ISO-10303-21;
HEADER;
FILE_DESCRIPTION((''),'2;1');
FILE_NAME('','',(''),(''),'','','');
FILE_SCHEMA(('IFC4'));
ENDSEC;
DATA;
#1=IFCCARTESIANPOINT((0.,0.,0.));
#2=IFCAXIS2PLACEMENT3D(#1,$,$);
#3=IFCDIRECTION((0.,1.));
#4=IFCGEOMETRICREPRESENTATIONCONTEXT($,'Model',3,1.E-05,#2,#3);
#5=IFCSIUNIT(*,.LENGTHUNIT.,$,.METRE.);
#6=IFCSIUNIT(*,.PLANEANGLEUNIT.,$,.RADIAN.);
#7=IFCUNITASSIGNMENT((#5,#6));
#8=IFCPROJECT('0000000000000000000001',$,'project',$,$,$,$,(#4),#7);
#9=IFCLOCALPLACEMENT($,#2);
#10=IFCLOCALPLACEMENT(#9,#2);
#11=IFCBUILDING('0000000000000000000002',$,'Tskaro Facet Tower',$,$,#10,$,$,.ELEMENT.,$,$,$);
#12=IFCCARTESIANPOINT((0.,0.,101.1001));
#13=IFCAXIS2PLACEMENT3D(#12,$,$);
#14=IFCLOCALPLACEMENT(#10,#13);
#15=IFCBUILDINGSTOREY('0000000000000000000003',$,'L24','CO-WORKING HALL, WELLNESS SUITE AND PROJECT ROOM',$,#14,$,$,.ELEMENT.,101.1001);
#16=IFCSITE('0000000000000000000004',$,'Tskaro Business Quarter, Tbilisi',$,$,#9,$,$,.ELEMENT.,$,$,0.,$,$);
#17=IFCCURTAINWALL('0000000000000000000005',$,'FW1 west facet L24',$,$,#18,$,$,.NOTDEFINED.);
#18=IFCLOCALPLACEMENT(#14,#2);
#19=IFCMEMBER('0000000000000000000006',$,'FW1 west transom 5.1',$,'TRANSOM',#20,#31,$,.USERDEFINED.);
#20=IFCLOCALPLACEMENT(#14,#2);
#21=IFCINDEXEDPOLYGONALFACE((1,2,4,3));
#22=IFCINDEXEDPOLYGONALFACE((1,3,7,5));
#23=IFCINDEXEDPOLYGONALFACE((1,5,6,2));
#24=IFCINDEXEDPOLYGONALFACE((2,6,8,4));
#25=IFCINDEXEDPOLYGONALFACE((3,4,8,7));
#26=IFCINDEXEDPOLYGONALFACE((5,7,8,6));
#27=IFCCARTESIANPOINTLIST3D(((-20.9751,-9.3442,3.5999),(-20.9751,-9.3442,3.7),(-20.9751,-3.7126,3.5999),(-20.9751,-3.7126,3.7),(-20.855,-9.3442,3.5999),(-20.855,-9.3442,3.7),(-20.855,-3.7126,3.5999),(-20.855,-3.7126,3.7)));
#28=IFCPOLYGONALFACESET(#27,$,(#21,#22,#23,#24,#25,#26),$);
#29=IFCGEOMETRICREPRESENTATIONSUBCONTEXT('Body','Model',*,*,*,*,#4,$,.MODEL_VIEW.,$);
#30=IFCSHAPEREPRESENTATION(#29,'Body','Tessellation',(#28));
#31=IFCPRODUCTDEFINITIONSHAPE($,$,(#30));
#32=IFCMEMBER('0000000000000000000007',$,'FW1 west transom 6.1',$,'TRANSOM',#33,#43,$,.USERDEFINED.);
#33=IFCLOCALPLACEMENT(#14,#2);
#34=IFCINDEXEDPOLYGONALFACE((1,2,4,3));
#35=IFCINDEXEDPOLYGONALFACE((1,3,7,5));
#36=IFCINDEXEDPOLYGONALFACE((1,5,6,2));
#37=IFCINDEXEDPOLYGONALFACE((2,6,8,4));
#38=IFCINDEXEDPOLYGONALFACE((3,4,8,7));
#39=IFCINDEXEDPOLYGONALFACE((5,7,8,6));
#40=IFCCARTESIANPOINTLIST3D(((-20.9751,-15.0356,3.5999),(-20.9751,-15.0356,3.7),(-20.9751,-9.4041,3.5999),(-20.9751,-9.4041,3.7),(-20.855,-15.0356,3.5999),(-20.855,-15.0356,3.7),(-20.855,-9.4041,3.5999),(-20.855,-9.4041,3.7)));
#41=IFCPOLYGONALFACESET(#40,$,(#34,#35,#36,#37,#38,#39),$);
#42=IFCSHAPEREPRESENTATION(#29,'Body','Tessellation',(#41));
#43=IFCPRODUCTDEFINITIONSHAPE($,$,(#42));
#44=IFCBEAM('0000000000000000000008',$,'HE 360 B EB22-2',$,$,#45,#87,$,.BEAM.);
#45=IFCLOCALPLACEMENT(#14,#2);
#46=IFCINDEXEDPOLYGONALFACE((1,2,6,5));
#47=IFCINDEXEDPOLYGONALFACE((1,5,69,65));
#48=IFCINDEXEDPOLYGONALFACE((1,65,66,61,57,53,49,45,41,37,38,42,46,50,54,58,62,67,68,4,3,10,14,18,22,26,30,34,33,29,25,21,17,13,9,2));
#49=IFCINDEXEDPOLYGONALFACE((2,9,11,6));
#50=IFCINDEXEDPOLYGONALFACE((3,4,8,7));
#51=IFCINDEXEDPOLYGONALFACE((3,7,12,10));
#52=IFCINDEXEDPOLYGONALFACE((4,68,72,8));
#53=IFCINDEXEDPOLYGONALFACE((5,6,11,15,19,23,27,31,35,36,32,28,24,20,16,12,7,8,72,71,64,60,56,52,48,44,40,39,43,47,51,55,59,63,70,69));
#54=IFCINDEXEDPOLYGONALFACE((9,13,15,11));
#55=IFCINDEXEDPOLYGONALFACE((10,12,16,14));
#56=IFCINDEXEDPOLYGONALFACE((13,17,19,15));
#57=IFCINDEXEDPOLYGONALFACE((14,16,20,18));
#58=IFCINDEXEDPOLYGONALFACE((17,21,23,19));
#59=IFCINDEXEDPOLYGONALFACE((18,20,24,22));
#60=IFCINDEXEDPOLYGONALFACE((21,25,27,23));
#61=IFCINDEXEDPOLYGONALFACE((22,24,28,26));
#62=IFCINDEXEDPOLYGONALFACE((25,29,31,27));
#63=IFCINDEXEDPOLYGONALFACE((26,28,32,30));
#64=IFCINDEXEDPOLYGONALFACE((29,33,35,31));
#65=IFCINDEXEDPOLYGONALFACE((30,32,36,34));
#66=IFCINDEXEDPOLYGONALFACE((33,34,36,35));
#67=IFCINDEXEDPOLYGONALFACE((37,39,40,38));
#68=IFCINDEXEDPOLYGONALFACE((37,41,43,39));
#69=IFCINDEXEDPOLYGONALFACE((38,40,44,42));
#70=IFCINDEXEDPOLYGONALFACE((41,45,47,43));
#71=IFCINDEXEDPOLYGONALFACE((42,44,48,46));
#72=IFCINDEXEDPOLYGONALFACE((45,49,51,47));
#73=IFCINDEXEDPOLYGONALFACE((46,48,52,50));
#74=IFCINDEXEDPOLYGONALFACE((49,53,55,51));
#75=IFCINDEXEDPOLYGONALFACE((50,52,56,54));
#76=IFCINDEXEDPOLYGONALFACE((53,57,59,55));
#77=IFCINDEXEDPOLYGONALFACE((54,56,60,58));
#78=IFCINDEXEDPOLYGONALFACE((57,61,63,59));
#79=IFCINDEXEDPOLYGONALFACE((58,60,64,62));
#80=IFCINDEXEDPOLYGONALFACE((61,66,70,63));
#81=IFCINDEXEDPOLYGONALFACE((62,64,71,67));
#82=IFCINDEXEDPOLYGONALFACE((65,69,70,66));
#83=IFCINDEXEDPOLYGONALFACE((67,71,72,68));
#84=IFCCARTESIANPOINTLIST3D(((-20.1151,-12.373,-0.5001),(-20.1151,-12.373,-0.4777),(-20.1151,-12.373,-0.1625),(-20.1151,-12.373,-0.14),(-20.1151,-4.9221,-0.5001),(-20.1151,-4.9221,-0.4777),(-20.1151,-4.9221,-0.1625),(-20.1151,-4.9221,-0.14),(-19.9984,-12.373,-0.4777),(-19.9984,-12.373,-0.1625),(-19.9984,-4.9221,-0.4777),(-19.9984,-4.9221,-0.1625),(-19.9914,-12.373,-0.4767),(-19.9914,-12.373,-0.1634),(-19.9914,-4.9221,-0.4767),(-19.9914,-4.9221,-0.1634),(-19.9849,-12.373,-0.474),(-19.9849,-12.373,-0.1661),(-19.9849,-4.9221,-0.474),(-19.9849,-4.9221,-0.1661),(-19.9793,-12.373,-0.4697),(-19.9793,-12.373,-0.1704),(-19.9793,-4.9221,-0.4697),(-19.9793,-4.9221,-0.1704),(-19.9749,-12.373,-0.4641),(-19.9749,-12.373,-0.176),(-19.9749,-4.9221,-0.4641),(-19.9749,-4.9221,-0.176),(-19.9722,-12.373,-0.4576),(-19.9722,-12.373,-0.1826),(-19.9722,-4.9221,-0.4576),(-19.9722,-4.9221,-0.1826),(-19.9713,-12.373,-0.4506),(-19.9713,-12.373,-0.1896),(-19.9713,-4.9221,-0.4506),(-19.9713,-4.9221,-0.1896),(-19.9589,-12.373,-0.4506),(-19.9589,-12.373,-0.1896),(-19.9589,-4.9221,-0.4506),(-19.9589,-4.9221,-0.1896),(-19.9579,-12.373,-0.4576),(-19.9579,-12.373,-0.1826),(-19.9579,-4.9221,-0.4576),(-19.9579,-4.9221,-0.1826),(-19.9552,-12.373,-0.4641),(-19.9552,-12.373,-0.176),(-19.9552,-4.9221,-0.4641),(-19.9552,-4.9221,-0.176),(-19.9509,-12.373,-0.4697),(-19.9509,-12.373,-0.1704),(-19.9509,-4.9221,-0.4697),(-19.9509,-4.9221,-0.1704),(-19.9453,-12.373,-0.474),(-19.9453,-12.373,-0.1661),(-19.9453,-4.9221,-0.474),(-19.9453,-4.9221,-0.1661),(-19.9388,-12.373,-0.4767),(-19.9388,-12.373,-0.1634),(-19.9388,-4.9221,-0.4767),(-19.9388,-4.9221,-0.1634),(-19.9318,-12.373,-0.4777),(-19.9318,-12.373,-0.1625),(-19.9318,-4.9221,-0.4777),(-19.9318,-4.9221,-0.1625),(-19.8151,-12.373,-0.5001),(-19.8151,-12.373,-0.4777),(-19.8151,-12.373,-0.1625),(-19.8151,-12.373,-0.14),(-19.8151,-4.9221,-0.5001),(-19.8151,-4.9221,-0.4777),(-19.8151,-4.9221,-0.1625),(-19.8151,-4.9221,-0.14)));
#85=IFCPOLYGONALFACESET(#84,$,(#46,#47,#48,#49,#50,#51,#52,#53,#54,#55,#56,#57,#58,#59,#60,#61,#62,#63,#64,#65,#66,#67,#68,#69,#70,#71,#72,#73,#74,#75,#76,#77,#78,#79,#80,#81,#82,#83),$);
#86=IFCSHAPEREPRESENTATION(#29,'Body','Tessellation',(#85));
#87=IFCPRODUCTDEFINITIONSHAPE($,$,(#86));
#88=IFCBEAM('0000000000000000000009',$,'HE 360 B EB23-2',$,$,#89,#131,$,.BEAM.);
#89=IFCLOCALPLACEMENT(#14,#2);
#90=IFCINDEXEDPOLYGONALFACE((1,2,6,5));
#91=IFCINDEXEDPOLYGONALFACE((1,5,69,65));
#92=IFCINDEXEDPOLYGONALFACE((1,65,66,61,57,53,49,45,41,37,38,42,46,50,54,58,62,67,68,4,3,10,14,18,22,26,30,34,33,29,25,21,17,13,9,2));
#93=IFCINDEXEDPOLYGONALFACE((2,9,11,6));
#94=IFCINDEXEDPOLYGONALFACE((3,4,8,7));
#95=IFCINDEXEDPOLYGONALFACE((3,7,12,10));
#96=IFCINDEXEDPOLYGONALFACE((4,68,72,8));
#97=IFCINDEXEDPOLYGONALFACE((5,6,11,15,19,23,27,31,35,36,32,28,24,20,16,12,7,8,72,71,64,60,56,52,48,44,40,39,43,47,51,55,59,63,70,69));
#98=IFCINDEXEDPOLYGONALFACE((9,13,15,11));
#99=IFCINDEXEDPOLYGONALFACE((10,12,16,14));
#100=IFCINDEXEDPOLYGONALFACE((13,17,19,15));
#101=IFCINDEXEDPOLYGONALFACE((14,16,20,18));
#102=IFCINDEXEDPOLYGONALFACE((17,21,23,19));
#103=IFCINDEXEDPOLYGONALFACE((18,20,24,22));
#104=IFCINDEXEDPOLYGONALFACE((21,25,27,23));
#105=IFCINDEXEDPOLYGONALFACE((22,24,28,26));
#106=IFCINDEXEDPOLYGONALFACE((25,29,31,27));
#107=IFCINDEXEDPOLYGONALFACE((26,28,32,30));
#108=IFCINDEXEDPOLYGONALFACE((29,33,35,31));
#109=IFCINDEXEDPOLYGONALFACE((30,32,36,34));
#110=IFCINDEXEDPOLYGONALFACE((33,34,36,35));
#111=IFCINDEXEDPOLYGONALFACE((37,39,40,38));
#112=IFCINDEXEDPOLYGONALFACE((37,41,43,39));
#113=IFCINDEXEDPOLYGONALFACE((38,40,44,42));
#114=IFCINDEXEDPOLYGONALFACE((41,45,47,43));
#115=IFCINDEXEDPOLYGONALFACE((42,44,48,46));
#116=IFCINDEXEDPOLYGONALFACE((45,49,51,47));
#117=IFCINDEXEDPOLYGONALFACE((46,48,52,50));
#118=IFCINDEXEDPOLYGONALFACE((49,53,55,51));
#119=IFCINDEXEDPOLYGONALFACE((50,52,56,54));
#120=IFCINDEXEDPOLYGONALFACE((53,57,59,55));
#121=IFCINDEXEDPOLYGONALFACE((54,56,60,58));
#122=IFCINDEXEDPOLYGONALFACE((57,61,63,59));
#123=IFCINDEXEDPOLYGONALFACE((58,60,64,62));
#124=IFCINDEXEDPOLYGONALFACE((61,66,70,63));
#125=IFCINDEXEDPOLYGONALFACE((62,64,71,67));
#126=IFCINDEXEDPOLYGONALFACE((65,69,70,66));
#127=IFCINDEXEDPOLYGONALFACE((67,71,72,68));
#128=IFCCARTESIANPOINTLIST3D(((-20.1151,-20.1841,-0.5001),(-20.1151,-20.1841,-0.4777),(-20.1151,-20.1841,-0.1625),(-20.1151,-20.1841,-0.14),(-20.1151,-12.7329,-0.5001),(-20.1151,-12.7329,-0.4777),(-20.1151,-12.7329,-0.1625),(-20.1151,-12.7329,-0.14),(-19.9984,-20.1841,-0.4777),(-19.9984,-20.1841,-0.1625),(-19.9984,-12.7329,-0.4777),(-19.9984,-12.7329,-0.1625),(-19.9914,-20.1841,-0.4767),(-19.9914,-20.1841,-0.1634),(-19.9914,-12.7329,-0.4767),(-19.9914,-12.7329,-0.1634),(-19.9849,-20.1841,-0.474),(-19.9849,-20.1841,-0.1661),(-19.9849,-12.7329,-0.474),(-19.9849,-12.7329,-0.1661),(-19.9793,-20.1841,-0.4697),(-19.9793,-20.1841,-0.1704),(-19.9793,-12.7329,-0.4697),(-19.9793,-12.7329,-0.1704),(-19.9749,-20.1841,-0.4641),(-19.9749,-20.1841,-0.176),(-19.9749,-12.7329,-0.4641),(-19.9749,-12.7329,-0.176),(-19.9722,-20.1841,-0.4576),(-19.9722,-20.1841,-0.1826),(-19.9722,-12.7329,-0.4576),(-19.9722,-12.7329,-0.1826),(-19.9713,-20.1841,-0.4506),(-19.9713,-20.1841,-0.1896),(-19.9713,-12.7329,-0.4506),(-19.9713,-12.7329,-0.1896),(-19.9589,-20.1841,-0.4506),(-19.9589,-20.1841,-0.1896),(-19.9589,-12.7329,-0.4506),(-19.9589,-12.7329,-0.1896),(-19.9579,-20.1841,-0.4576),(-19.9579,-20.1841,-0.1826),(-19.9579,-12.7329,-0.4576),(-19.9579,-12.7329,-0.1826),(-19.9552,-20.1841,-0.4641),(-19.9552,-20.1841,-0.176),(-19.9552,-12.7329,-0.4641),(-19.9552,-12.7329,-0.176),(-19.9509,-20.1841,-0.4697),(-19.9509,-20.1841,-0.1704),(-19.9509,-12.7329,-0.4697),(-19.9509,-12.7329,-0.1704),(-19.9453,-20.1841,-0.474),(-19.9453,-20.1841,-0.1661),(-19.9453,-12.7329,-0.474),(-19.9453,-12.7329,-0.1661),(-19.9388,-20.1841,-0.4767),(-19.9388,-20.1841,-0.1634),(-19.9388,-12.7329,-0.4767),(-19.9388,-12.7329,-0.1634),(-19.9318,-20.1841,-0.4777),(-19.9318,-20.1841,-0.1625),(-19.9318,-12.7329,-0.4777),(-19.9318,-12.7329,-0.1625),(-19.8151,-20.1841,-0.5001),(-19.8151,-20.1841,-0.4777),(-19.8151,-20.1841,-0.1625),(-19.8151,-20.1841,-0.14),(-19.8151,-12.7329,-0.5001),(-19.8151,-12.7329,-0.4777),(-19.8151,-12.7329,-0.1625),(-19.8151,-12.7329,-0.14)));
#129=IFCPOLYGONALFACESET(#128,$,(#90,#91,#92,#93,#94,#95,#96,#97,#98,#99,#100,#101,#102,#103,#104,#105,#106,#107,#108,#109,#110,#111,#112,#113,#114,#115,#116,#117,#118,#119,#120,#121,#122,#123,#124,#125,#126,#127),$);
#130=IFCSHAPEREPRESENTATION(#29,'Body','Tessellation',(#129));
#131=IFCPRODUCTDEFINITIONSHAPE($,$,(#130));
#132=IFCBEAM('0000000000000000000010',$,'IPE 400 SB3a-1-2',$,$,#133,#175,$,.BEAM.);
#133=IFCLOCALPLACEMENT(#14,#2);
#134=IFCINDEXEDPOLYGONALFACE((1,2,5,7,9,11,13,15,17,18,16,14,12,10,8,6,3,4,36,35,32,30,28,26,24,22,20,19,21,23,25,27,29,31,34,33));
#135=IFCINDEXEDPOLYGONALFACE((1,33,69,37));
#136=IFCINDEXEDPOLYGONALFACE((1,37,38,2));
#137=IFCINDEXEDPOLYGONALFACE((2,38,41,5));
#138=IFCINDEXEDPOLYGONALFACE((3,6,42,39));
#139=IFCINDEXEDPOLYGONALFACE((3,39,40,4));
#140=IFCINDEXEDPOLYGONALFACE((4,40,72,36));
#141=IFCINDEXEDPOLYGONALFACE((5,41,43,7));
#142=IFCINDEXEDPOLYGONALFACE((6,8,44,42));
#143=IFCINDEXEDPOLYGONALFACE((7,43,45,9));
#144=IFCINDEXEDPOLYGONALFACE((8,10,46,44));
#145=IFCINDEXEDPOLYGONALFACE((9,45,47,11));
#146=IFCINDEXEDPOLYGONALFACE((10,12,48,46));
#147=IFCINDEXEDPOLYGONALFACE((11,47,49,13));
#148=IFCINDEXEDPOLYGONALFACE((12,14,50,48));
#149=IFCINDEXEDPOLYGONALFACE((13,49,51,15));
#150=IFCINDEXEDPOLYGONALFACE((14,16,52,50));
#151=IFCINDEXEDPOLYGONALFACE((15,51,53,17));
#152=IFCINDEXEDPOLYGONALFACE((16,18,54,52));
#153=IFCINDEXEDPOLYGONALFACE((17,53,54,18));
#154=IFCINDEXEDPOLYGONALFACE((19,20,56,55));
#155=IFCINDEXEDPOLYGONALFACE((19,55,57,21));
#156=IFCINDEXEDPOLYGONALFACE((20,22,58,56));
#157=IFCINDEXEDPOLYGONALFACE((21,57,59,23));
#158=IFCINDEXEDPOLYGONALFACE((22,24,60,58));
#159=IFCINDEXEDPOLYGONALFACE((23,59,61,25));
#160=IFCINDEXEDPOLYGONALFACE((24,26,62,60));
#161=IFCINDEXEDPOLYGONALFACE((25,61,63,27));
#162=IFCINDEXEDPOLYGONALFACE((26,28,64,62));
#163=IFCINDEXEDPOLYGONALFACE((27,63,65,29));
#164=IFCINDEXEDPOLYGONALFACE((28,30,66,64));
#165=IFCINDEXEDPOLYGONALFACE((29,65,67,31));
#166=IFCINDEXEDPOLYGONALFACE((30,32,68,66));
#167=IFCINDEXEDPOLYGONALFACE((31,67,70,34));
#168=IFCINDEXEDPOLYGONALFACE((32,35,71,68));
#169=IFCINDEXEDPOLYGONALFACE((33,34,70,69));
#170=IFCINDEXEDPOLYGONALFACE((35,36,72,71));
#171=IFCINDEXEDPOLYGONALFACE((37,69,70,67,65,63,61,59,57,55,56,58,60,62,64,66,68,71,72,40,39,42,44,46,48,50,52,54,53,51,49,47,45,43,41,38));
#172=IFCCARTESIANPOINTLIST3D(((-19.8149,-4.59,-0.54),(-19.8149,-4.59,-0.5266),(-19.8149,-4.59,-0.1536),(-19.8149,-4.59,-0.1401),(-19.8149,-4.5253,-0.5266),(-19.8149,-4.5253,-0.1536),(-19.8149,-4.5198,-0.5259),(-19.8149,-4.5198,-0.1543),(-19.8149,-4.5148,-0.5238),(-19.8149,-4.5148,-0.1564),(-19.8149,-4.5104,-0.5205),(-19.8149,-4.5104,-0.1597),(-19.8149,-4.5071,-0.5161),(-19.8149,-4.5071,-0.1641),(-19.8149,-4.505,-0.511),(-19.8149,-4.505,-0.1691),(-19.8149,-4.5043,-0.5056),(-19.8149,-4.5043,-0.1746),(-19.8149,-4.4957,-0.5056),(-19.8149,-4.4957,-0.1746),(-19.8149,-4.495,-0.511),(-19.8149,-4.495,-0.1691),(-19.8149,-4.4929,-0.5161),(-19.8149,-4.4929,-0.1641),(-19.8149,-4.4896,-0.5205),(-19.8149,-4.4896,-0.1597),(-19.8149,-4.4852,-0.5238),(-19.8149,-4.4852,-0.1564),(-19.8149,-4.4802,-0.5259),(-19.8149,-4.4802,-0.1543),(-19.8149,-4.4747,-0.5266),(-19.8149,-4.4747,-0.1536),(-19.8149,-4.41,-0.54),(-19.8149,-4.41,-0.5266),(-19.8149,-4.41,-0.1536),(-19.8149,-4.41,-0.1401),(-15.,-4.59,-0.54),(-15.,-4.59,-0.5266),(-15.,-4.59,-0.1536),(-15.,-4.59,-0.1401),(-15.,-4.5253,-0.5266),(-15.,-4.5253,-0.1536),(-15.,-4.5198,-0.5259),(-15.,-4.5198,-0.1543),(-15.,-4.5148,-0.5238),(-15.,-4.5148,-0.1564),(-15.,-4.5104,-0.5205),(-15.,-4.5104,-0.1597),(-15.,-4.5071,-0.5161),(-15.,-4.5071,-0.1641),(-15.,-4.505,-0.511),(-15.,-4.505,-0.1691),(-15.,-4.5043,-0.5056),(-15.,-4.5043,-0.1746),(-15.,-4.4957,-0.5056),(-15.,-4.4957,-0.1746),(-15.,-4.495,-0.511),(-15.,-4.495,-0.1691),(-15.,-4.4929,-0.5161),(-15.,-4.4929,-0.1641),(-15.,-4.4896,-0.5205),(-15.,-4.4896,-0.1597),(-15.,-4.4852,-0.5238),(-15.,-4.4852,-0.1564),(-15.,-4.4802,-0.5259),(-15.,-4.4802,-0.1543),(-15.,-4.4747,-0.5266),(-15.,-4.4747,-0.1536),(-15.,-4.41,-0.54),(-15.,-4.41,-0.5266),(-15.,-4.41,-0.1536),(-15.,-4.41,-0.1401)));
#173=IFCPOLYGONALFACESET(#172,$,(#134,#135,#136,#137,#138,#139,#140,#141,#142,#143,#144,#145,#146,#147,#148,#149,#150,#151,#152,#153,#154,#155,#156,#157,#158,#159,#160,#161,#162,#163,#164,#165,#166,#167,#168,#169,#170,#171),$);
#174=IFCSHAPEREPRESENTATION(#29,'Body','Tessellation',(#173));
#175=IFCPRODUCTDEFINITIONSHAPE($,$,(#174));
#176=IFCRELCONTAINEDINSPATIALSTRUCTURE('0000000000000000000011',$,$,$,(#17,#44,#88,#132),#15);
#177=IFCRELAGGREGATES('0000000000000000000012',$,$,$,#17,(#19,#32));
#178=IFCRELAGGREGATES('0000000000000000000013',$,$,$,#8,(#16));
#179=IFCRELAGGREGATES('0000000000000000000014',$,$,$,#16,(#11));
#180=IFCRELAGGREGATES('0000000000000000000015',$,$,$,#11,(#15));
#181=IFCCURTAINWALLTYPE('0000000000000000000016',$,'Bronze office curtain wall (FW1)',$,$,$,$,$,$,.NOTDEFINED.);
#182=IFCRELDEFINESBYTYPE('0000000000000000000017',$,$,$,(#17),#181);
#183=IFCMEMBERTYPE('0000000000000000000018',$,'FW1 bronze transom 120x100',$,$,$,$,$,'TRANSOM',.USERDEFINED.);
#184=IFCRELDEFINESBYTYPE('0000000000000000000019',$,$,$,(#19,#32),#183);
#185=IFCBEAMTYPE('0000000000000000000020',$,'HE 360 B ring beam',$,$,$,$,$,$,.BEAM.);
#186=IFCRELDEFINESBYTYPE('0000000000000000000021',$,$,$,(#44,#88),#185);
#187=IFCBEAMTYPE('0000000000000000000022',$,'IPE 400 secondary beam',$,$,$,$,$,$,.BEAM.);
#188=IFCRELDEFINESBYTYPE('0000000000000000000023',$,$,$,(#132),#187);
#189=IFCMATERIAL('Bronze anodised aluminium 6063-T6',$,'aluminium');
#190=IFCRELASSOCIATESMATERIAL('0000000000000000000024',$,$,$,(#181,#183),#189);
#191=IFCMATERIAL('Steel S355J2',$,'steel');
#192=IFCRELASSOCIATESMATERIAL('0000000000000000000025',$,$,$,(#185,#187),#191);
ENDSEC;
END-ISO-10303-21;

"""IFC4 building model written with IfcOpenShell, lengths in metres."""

from ifc_helpers import new_model, si_unit, direction, frame, origin, origin_2d, place, context, subcontext, project, spatial, rectangle, i_section, extrude, material, material_profile, profile_set, type_object, element, aggregate, save


model = new_model("IFC4")

# Units and contexts
model_context = context("Model", 3, precision=1e-05, world=origin(), true_north=direction((0.0, 1.0)))
body_context = subcontext(model_context, "Body", "Model", "MODEL_VIEW")
ifc_project = project(units=[si_unit("LENGTHUNIT", "METRE"), si_unit("PLANEANGLEUNIT", "RADIAN")], contexts=[model_context])

# Site, building, storey
site_placement = place(None, origin())
site = spatial("IfcSite", under=ifc_project, at=site_placement, Name="Tskaro Business Quarter, Tbilisi", CompositionType="ELEMENT", RefElevation=0.0)
building_placement = place(site_placement, origin())
building = spatial("IfcBuilding", under=site, at=building_placement, Name="Tskaro Facet Tower", CompositionType="ELEMENT")
storey_placement = place(building_placement, frame((0.0, 0.0, 101.1001)))
storey = spatial("IfcBuildingStorey", under=building, at=storey_placement, Name="L24", Description="CO-WORKING HALL, WELLNESS SUITE AND PROJECT ROOM", CompositionType="ELEMENT", Elevation=101.1001)

# Curtain wall, members
ifc_material_1 = material(Name="Bronze anodised aluminium 6063-T6", Category="aluminium")
curtain_wall_type = type_object("IfcCurtainWallType", Name="Bronze office curtain wall (FW1)", PredefinedType="NOTDEFINED", material=ifc_material_1)
curtain_wall_placement = place(storey_placement, origin())
curtain_wall = element("IfcCurtainWall", 1, at=curtain_wall_placement, inside=storey, type_object=curtain_wall_type, Name="FW1 west facet L24", PredefinedType="NOTDEFINED")
ifc_material_profile_1 = material_profile(ifc_material_1, rectangle(XDim=0.1201, YDim=0.1001, at=origin_2d()), Name="Transom 120x100")
ifc_profile_set_1 = profile_set([ifc_material_profile_1], Name="Bronze anodised aluminium 6063-T6")
member_type_1 = type_object("IfcMemberType", Name="FW1 bronze transom 120x100", ElementType="TRANSOM", PredefinedType="USERDEFINED", material=ifc_profile_set_1)
member_1_placement = place(storey_placement, frame((-20.915, -3.7126, 3.6499), z_axis=(0.0, -1.0, 0.0), x_axis=(1.0, 0.0, 0.0)))
member_1 = element("IfcMember", 2, at=member_1_placement, type_object=member_type_1, Name="FW1 west transom 5.1", ObjectType="TRANSOM", PredefinedType="USERDEFINED", context=body_context, shape_type="SweptSolid", body=[
    extrude(rectangle(XDim=0.1201, YDim=0.1001, at=origin_2d()), origin(), (0.0, 0.0, 1.0), 5.6316),
])
member_2_placement = place(storey_placement, frame((-20.915, -9.4041, 3.6499), z_axis=(0.0, -1.0, 0.0), x_axis=(1.0, 0.0, 0.0)))
member_2 = element("IfcMember", 3, at=member_2_placement, type_object=member_type_1, Name="FW1 west transom 6.1", ObjectType="TRANSOM", PredefinedType="USERDEFINED", context=body_context, shape_type="SweptSolid", body=[
    extrude(rectangle(XDim=0.1201, YDim=0.1001, at=origin_2d()), origin(), (0.0, 0.0, 1.0), 5.6316),
])

# Beams
ifc_material_2 = material(Name="Steel S355J2", Category="steel")
ifc_material_profile_2 = material_profile(ifc_material_2, i_section(OverallWidth=0.3, OverallDepth=0.3601, WebThickness=0.0125, FlangeThickness=0.0225, FilletRadius=0.0271, at=origin_2d()), Name="HE 360 B")
ifc_profile_set_2 = profile_set([ifc_material_profile_2], Name="Steel S355J2")
beam_type_1 = type_object("IfcBeamType", Name="HE 360 B ring beam", PredefinedType="BEAM", material=ifc_profile_set_2)
beam_1_placement = place(storey_placement, frame((-19.9651, -4.9221, -0.3201), z_axis=(0.0, -1.0, 0.0), x_axis=(1.0, 0.0, 0.0)))
element("IfcBeam", 4, at=beam_1_placement, inside=storey, type_object=beam_type_1, Name="HE 360 B EB22-2", PredefinedType="BEAM", context=body_context, shape_type="SweptSolid", body=[
    extrude(i_section(OverallWidth=0.3, OverallDepth=0.3601, WebThickness=0.0125, FlangeThickness=0.0225, FilletRadius=0.0271, at=origin_2d()), origin(), (0.0, 0.0, 1.0), 7.4509),
])
beam_2_placement = place(storey_placement, frame((-19.9651, -12.7329, -0.3201), z_axis=(0.0, -1.0, 0.0), x_axis=(1.0, 0.0, 0.0)))
element("IfcBeam", 5, at=beam_2_placement, inside=storey, type_object=beam_type_1, Name="HE 360 B EB23-2", PredefinedType="BEAM", context=body_context, shape_type="SweptSolid", body=[
    extrude(i_section(OverallWidth=0.3, OverallDepth=0.3601, WebThickness=0.0125, FlangeThickness=0.0225, FilletRadius=0.0271, at=origin_2d()), origin(), (0.0, 0.0, 1.0), 7.4512),
])
ifc_material_profile_3 = material_profile(ifc_material_2, i_section(OverallWidth=0.1799, OverallDepth=0.3999, WebThickness=0.0085, FlangeThickness=0.0134, FilletRadius=0.021, at=origin_2d()), Name="IPE 400")
ifc_profile_set_3 = profile_set([ifc_material_profile_3], Name="Steel S355J2")
beam_type_2 = type_object("IfcBeamType", Name="IPE 400 secondary beam", PredefinedType="BEAM", material=ifc_profile_set_3)
beam_3_placement = place(storey_placement, frame((-19.8149, -4.5, -0.3401), z_axis=(1.0, 0.0, 0.0), x_axis=(0.0, 1.0, 0.0)))
element("IfcBeam", 6, at=beam_3_placement, inside=storey, type_object=beam_type_2, Name="IPE 400 SB3a-1-2", PredefinedType="BEAM", context=body_context, shape_type="SweptSolid", body=[
    extrude(i_section(OverallWidth=0.1799, OverallDepth=0.3999, WebThickness=0.0085, FlangeThickness=0.0134, FilletRadius=0.021, at=origin_2d()), origin(), (0.0, 0.0, 1.0), 4.8149),
])

aggregate(curtain_wall, [member_1, member_2])

save(model, "model.ifc")
